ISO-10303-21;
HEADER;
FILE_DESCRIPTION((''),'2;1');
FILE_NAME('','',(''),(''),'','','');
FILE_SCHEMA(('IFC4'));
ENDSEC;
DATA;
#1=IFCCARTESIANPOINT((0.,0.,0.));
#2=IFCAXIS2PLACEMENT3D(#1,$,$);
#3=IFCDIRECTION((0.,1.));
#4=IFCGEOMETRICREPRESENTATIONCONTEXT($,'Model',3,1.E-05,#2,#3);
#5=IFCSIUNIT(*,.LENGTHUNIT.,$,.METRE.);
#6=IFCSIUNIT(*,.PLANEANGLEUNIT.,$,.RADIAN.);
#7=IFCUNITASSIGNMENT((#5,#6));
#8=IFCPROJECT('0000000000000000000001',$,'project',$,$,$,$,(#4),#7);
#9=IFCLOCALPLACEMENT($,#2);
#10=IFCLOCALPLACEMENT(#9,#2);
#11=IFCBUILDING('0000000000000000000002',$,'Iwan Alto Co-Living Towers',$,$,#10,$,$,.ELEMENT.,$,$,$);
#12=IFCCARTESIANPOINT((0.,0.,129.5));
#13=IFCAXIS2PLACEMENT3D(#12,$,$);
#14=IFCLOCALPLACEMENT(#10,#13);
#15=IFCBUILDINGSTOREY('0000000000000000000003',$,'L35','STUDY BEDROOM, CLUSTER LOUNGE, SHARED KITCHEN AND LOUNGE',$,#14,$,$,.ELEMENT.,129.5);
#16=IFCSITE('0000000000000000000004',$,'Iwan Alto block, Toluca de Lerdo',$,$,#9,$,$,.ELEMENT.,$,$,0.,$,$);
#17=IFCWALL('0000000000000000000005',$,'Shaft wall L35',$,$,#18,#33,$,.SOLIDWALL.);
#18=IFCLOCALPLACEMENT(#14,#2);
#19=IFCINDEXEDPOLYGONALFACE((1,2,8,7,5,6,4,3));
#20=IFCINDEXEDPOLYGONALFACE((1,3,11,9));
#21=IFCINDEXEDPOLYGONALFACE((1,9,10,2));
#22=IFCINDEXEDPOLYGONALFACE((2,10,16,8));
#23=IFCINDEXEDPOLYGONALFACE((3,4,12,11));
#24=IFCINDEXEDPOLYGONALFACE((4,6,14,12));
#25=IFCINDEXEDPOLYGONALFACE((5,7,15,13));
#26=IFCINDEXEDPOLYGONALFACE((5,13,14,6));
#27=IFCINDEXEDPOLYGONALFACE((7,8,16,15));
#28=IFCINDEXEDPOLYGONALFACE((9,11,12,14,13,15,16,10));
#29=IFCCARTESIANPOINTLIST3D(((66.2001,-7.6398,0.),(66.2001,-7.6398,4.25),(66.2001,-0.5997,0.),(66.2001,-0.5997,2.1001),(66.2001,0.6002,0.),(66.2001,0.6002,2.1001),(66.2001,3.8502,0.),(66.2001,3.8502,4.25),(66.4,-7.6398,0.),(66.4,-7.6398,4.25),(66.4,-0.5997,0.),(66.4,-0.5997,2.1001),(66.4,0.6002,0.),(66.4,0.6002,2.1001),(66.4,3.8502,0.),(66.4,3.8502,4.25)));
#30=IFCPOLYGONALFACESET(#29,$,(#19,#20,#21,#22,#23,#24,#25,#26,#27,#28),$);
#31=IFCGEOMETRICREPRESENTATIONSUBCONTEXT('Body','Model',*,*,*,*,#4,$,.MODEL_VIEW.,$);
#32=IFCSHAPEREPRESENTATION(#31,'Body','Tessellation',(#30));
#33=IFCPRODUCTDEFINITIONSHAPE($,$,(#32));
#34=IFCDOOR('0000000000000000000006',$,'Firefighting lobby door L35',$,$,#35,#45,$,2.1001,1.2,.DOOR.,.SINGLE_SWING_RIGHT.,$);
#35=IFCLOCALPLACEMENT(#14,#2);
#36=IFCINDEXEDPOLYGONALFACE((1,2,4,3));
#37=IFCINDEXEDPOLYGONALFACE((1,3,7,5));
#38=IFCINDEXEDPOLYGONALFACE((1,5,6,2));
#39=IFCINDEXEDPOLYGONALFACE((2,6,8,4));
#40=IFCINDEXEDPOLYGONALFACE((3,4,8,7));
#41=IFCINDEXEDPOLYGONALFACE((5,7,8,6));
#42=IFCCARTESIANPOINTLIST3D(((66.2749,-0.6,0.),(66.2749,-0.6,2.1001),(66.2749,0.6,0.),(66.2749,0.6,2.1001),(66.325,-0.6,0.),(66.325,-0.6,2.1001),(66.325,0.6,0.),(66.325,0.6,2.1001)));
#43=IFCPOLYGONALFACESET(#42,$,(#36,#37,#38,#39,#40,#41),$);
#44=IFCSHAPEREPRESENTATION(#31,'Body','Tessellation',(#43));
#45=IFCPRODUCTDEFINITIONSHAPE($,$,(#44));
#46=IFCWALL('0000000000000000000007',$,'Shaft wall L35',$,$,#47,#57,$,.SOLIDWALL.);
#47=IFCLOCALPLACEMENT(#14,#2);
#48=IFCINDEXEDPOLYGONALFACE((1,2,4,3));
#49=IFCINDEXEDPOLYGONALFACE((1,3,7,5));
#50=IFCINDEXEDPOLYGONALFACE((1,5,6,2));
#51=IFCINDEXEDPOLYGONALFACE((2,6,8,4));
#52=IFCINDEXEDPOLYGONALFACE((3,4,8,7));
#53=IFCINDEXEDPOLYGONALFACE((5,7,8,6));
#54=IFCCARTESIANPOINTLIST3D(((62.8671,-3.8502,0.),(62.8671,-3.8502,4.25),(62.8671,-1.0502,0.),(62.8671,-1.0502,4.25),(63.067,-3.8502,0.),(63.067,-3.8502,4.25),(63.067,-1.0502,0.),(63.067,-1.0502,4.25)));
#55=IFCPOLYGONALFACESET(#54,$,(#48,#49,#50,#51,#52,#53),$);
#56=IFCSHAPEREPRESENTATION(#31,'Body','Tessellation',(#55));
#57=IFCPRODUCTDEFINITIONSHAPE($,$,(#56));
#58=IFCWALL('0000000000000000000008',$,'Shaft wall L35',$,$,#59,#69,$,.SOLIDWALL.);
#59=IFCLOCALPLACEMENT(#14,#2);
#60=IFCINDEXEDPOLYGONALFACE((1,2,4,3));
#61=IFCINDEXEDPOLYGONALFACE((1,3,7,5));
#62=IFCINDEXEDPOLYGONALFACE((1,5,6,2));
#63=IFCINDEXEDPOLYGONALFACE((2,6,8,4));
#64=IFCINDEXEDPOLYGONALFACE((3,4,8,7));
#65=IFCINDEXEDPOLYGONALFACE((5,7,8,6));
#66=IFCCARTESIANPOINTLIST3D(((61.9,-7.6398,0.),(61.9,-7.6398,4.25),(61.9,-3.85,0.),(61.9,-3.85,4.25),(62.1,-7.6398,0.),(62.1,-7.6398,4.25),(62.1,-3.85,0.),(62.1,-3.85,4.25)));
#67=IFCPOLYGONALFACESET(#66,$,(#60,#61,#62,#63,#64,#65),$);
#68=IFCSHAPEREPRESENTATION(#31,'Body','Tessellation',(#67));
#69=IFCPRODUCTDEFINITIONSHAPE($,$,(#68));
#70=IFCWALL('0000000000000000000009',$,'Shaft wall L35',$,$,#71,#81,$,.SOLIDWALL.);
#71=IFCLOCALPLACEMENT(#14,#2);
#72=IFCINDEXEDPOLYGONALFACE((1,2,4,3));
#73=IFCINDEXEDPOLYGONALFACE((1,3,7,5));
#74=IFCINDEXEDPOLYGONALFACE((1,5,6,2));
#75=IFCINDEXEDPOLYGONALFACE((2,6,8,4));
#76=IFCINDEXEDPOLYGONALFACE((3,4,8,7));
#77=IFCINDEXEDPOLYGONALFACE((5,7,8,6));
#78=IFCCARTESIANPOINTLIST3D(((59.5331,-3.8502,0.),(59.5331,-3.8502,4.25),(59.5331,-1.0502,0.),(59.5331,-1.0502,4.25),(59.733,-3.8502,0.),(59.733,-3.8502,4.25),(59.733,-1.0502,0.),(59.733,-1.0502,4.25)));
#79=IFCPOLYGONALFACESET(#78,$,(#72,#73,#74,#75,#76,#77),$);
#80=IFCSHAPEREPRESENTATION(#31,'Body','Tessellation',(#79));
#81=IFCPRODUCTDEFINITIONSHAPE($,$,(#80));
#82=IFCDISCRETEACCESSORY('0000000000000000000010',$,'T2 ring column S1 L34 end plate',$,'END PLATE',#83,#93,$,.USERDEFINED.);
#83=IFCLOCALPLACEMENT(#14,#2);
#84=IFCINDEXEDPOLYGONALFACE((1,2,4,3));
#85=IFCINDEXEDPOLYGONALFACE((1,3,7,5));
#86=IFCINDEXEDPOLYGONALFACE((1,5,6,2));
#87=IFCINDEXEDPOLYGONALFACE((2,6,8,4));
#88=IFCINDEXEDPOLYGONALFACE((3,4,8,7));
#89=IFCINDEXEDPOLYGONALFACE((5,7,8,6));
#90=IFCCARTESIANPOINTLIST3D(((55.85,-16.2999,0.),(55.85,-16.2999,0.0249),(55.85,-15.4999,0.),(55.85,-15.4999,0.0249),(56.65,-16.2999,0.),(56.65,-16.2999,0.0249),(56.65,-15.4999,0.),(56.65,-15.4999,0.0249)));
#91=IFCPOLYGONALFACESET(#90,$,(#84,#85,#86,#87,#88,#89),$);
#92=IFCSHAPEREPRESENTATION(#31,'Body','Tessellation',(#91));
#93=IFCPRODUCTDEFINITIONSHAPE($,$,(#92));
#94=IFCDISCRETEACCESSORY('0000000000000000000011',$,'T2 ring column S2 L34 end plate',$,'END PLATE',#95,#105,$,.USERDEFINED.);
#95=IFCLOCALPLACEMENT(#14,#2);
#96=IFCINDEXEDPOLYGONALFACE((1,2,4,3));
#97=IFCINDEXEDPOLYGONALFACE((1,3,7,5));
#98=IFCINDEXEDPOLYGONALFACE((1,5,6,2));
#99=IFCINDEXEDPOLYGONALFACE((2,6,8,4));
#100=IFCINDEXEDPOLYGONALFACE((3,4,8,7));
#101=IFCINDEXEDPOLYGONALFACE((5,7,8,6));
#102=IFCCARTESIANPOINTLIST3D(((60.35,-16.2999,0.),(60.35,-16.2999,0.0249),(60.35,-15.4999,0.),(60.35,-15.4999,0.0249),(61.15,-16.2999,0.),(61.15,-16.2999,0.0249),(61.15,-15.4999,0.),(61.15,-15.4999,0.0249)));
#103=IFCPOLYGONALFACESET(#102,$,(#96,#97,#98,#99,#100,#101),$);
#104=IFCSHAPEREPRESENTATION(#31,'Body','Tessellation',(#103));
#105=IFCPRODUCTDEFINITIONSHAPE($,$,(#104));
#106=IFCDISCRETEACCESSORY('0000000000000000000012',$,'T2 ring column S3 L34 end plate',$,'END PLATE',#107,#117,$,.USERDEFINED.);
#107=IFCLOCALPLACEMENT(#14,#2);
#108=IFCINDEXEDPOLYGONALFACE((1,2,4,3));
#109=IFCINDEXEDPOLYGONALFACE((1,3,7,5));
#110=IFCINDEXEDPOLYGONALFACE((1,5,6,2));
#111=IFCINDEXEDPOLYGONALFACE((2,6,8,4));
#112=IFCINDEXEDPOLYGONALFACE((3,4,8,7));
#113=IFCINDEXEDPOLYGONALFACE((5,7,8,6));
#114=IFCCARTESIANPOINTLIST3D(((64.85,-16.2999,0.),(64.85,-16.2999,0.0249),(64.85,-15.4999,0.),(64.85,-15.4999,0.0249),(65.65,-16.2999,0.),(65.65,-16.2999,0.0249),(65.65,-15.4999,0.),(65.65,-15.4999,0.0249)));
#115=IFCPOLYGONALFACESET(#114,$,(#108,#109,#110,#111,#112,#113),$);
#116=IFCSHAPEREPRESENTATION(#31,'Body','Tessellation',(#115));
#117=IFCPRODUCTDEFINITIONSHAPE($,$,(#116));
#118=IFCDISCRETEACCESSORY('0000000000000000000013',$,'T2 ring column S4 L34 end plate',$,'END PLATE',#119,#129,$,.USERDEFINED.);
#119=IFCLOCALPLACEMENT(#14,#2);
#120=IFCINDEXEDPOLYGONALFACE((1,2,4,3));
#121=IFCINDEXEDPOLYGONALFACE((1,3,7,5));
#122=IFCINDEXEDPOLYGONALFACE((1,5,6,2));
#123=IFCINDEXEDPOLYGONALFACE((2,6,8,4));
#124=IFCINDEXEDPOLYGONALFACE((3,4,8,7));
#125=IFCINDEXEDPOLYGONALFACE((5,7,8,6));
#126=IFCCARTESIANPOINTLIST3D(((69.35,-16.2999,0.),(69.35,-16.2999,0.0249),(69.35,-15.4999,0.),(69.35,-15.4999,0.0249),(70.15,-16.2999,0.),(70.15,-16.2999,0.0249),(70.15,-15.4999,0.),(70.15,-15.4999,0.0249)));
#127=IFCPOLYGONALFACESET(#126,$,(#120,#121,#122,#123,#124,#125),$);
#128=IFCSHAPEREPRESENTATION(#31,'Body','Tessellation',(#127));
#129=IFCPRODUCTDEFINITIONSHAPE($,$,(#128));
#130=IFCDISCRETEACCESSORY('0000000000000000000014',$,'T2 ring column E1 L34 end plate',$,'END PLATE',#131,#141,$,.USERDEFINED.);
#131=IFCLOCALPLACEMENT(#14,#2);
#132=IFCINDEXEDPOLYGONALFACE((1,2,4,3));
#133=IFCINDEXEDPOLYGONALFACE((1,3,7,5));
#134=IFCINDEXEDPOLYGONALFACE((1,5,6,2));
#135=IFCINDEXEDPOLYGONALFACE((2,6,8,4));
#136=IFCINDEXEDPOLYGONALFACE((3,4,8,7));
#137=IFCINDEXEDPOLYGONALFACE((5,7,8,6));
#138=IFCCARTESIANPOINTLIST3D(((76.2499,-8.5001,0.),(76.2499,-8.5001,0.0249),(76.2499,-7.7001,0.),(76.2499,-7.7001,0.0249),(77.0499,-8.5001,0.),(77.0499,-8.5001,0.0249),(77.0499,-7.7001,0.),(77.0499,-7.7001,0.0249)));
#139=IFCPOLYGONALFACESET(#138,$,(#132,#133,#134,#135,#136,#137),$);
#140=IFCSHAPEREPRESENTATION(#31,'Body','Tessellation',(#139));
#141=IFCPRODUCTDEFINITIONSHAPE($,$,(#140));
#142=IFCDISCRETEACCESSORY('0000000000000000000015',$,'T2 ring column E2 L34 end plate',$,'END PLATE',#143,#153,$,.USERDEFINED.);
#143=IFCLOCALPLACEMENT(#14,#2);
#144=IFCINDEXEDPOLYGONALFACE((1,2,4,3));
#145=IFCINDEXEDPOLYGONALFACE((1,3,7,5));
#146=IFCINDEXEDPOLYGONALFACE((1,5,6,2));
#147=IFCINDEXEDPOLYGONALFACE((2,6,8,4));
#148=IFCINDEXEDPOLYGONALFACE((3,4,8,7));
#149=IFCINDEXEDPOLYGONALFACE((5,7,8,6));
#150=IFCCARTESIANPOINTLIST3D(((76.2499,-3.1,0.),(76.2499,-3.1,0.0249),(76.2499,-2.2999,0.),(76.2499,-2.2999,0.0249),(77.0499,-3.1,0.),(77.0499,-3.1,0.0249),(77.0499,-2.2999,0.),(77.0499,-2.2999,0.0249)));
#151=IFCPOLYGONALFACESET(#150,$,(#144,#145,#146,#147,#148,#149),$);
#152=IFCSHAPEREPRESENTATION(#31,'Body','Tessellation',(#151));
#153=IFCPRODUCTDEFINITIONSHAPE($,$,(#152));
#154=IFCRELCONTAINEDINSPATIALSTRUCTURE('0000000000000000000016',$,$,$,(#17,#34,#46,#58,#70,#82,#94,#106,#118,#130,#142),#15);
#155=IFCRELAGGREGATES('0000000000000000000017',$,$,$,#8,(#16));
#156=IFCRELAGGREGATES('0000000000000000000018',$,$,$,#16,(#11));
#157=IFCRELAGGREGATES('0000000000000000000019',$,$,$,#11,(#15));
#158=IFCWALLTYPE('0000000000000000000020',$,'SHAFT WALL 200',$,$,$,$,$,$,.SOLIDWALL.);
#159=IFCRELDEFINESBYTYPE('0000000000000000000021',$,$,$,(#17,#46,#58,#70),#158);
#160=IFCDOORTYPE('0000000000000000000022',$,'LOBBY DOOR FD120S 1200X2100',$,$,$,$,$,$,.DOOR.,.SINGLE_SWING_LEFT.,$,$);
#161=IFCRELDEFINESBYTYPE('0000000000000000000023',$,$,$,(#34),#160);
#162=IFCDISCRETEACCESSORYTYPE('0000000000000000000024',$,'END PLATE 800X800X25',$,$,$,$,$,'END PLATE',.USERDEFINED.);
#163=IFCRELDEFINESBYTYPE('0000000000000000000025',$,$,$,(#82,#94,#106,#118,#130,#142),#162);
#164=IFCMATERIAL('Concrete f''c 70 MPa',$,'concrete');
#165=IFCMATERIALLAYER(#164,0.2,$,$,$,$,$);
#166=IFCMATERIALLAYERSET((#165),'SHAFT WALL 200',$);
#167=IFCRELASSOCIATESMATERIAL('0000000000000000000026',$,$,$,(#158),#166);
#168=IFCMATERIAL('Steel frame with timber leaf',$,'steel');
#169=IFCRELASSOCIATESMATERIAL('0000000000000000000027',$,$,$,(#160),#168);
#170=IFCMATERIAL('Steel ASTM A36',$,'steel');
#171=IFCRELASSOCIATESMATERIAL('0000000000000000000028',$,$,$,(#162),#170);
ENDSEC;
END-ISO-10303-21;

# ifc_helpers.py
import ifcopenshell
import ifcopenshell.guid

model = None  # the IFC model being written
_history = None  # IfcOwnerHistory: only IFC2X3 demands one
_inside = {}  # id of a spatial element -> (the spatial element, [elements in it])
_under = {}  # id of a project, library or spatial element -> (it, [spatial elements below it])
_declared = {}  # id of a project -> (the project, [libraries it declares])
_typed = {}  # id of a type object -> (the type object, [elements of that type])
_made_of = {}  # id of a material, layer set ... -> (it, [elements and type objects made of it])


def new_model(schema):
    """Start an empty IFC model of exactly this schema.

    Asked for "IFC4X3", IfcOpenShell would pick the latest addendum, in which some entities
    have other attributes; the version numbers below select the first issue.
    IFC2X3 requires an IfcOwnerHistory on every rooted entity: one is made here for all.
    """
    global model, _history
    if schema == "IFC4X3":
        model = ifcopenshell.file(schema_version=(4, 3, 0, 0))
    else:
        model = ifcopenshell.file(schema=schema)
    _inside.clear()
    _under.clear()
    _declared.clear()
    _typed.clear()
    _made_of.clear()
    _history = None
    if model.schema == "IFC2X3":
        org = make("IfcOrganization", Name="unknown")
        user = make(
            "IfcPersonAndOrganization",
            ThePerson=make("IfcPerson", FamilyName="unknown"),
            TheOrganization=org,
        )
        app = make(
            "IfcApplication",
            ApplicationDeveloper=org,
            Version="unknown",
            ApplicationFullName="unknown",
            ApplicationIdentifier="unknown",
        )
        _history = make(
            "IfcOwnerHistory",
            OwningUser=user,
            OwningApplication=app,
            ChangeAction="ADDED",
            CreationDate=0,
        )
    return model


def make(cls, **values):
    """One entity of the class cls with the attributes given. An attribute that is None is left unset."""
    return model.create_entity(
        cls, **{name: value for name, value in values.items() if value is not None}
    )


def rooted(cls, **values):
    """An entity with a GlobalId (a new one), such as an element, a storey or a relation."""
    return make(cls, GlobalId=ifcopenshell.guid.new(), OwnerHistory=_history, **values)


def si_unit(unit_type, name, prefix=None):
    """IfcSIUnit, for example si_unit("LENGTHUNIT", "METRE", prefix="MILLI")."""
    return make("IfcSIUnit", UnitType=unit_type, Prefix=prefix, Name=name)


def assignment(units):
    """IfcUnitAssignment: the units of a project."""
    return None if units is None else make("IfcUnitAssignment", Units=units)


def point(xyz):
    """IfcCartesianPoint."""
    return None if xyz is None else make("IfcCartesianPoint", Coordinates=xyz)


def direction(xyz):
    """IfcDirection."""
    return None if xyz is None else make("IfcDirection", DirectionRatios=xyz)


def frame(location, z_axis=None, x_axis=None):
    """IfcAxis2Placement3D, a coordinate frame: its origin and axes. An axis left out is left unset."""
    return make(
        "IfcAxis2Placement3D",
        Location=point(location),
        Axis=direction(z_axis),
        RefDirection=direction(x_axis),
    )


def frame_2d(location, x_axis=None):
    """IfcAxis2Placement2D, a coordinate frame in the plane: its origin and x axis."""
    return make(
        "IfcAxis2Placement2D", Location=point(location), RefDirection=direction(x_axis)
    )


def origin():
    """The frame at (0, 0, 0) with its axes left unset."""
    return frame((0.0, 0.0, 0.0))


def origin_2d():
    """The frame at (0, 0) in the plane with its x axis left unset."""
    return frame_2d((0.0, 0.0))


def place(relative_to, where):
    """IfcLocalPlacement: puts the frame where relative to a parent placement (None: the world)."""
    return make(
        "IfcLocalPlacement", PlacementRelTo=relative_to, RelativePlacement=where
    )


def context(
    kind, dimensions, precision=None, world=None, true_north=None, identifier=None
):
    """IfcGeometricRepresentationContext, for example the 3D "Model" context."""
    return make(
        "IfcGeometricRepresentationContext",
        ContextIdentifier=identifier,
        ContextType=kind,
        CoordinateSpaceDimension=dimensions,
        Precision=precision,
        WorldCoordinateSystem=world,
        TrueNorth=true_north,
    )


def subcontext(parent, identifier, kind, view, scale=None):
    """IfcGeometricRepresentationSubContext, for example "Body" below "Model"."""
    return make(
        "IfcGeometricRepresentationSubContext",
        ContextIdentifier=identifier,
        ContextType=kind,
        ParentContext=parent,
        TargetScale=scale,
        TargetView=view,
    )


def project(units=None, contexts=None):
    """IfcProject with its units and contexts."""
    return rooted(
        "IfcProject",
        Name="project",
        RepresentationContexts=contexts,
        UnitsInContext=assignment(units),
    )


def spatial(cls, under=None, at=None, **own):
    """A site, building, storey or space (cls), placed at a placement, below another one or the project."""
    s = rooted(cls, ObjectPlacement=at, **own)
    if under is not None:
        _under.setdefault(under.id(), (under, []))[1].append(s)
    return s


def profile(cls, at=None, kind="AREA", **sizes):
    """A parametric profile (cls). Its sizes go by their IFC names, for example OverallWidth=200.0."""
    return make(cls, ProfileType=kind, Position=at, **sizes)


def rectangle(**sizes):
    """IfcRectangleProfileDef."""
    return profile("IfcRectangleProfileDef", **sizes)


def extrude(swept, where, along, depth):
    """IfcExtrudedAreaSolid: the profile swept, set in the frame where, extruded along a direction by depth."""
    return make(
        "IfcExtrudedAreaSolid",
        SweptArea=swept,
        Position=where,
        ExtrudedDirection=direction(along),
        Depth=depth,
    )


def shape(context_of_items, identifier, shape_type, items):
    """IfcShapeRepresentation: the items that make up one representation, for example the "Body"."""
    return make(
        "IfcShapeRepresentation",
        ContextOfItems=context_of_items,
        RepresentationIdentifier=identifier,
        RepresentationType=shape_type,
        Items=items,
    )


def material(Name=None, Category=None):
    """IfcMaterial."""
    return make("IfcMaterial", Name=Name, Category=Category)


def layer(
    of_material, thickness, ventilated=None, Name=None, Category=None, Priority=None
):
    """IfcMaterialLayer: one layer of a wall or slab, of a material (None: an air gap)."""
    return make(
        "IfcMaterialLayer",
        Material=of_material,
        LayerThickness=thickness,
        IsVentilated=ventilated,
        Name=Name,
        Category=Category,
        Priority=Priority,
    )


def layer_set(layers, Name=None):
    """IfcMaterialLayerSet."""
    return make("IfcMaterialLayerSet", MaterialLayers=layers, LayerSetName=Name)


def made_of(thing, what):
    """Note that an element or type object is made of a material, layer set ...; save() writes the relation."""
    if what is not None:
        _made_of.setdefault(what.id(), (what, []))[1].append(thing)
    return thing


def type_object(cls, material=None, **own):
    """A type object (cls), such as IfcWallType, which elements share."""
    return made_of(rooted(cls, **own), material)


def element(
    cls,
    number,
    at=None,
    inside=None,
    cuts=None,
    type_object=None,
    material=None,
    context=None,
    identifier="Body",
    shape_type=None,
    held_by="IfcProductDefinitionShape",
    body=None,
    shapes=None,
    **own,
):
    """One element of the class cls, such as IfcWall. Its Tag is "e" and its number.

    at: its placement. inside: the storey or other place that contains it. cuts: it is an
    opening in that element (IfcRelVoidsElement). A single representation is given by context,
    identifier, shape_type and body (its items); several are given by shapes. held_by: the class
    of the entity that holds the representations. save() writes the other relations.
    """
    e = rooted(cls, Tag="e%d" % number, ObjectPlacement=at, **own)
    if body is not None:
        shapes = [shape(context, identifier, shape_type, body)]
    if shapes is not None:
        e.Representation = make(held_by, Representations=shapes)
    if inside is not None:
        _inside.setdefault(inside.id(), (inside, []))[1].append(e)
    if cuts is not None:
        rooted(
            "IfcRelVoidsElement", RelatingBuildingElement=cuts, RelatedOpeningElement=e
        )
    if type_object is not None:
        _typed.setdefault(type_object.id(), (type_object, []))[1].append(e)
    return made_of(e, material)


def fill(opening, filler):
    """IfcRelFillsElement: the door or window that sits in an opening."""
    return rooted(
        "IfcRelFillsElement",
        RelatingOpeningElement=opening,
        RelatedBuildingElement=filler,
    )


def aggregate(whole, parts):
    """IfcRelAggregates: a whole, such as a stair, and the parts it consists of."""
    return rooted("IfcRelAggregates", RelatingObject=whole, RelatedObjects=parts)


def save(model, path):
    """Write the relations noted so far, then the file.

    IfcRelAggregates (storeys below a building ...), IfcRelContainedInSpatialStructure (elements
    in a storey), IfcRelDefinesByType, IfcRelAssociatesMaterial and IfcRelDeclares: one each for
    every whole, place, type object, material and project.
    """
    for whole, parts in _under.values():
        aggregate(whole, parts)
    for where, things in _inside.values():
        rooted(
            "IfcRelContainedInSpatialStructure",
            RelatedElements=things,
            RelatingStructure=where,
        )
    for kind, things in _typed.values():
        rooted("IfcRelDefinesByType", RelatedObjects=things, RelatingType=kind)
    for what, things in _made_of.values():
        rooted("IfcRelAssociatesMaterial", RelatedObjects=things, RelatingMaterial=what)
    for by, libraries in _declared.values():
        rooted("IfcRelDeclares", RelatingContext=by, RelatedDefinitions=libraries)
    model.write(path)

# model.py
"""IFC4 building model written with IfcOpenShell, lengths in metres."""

from ifc_helpers import new_model, si_unit, direction, frame, frame_2d, origin, origin_2d, place, context, subcontext, project, spatial, rectangle, extrude, material, layer, layer_set, type_object, element, fill, save


model = new_model("IFC4")

# Units and contexts
model_context = context("Model", 3, precision=1e-05, world=origin(), true_north=direction((0.0, 1.0)))
body_context = subcontext(model_context, "Body", "Model", "MODEL_VIEW")
ifc_project = project(units=[si_unit("LENGTHUNIT", "METRE"), si_unit("PLANEANGLEUNIT", "RADIAN")], contexts=[model_context])

# Site, building, storey
site_placement = place(None, origin())
site = spatial("IfcSite", under=ifc_project, at=site_placement, Name="Iwan Alto block, Toluca de Lerdo", CompositionType="ELEMENT", RefElevation=0.0)
building_placement = place(site_placement, origin())
building = spatial("IfcBuilding", under=site, at=building_placement, Name="Iwan Alto Co-Living Towers", CompositionType="ELEMENT")
storey_placement = place(building_placement, frame((0.0, 0.0, 129.5)))
storey = spatial("IfcBuildingStorey", under=building, at=storey_placement, Name="L35", Description="STUDY BEDROOM, CLUSTER LOUNGE, SHARED KITCHEN AND LOUNGE", CompositionType="ELEMENT", Elevation=129.5)

# Shared definitions
ifc_material_1 = material(Name="Concrete f'c 70 MPa", Category="concrete")
ifc_layer = layer(ifc_material_1, 0.2)
ifc_layer_set = layer_set([ifc_layer], Name="SHAFT WALL 200")
wall_type_1 = type_object("IfcWallType", Name="SHAFT WALL 200", PredefinedType="SOLIDWALL", material=ifc_layer_set)

# Wall, opening, door
wall_1_placement = place(storey_placement, frame((66.3, -7.6399, 0.0), z_axis=(0.0, 0.0, 1.0), x_axis=(0.0, 1.0, 0.0)))
wall_1 = element("IfcWall", 1, at=wall_1_placement, inside=storey, type_object=wall_type_1, Name="Shaft wall L35", PredefinedType="SOLIDWALL", context=body_context, shape_type="SweptSolid", body=[
    extrude(rectangle(XDim=11.49, YDim=0.2, at=frame_2d((5.7451, 0.0))), origin(), (0.0, 0.0, 1.0), 4.25),
])
opening_1_placement = place(wall_1_placement, frame((7.04, 0.0, 0.0)))
opening_1 = element("IfcOpeningElement", 2, at=opening_1_placement, cuts=wall_1, PredefinedType="OPENING", context=body_context, shape_type="SweptSolid", body=[
    extrude(rectangle(XDim=1.2, YDim=2.1001, at=frame_2d((0.6001, 1.05))), frame((0.0, 0.1099, 0.0), z_axis=(0.0, -1.0, 0.0), x_axis=(1.0, 0.0, 0.0)), (0.0, 0.0, 1.0), 0.22),
])
ifc_material_2 = material(Name="Steel frame with timber leaf", Category="steel")
door_type_1 = type_object("IfcDoorType", Name="LOBBY DOOR FD120S 1200X2100", OperationType="SINGLE_SWING_LEFT", PredefinedType="DOOR", material=ifc_material_2)
door_1_placement = place(opening_1_placement, frame((1.2, 0.0, 0.0), z_axis=(0.0, 0.0, 1.0), x_axis=(-1.0, 0.0, 0.0)))
door_1 = element("IfcDoor", 3, at=door_1_placement, inside=storey, type_object=door_type_1, Name="Firefighting lobby door L35", OperationType="SINGLE_SWING_RIGHT", OverallHeight=2.1001, OverallWidth=1.2, PredefinedType="DOOR", context=body_context, shape_type="SweptSolid", body=[
    extrude(rectangle(XDim=1.2, YDim=2.1001, at=frame_2d((0.6001, 1.05))), frame((0.0, 0.0249, 0.0), z_axis=(0.0, -1.0, 0.0), x_axis=(1.0, 0.0, 0.0)), (0.0, 0.0, 1.0), 0.05),
])
fill(opening_1, door_1)

# Walls
wall_2_placement = place(storey_placement, frame((62.967, -3.8501, 0.0), z_axis=(0.0, 0.0, 1.0), x_axis=(0.0, 1.0, 0.0)))
element("IfcWall", 4, at=wall_2_placement, inside=storey, type_object=wall_type_1, Name="Shaft wall L35", PredefinedType="SOLIDWALL", context=body_context, shape_type="SweptSolid", body=[
    extrude(rectangle(XDim=2.8, YDim=0.2, at=frame_2d((1.3999, 0.0))), origin(), (0.0, 0.0, 1.0), 4.25),
])
wall_3_placement = place(storey_placement, frame((62.0, -7.6399, 0.0), z_axis=(0.0, 0.0, 1.0), x_axis=(0.0, 1.0, 0.0)))
element("IfcWall", 5, at=wall_3_placement, inside=storey, type_object=wall_type_1, Name="Shaft wall L35", PredefinedType="SOLIDWALL", context=body_context, shape_type="SweptSolid", body=[
    extrude(rectangle(XDim=3.7898, YDim=0.2, at=frame_2d((1.895, 0.0))), origin(), (0.0, 0.0, 1.0), 4.25),
])
wall_4_placement = place(storey_placement, frame((59.6331, -3.8501, 0.0), z_axis=(0.0, 0.0, 1.0), x_axis=(0.0, 1.0, 0.0)))
element("IfcWall", 6, at=wall_4_placement, inside=storey, type_object=wall_type_1, Name="Shaft wall L35", PredefinedType="SOLIDWALL", context=body_context, shape_type="SweptSolid", body=[
    extrude(rectangle(XDim=2.8, YDim=0.2, at=frame_2d((1.3999, 0.0))), origin(), (0.0, 0.0, 1.0), 4.25),
])

# Discrete accessories
ifc_material_3 = material(Name="Steel ASTM A36", Category="steel")
discrete_accessory_type = type_object("IfcDiscreteAccessoryType", Name="END PLATE 800X800X25", ElementType="END PLATE", PredefinedType="USERDEFINED", material=ifc_material_3)
for number, where, z_axis, x_axis, name in (
    (7, (56.25, -15.8999, 0.0), (0.0, 0.0, 1.0), (1.0, 0.0, 0.0), "T2 ring column S1 L34 end plate"),
    (8, (60.75, -15.8999, 0.0), (0.0, 0.0, 1.0), (1.0, 0.0, 0.0), "T2 ring column S2 L34 end plate"),
    (9, (65.25, -15.8999, 0.0), (0.0, 0.0, 1.0), (1.0, 0.0, 0.0), "T2 ring column S3 L34 end plate"),
    (10, (69.75, -15.8999, 0.0), (0.0, 0.0, 1.0), (1.0, 0.0, 0.0), "T2 ring column S4 L34 end plate"),
    (11, (76.6499, -8.1001, 0.0), (0.0, 0.0, 1.0), (1.0, 0.0, 0.0), "T2 ring column E1 L34 end plate"),
    (12, (76.6499, -2.7, 0.0), (0.0, 0.0, 1.0), (1.0, 0.0, 0.0), "T2 ring column E2 L34 end plate"),
):
    element("IfcDiscreteAccessory", number, at=place(storey_placement, frame(where, z_axis=z_axis, x_axis=x_axis)), inside=storey, type_object=discrete_accessory_type, Name=name, ObjectType="END PLATE", PredefinedType="USERDEFINED", context=body_context, shape_type="SweptSolid", body=[
        extrude(rectangle(XDim=0.8, YDim=0.8, at=origin_2d()), origin(), (0.0, 0.0, 1.0), 0.0249),
    ])

save(model, "model.ifc")
